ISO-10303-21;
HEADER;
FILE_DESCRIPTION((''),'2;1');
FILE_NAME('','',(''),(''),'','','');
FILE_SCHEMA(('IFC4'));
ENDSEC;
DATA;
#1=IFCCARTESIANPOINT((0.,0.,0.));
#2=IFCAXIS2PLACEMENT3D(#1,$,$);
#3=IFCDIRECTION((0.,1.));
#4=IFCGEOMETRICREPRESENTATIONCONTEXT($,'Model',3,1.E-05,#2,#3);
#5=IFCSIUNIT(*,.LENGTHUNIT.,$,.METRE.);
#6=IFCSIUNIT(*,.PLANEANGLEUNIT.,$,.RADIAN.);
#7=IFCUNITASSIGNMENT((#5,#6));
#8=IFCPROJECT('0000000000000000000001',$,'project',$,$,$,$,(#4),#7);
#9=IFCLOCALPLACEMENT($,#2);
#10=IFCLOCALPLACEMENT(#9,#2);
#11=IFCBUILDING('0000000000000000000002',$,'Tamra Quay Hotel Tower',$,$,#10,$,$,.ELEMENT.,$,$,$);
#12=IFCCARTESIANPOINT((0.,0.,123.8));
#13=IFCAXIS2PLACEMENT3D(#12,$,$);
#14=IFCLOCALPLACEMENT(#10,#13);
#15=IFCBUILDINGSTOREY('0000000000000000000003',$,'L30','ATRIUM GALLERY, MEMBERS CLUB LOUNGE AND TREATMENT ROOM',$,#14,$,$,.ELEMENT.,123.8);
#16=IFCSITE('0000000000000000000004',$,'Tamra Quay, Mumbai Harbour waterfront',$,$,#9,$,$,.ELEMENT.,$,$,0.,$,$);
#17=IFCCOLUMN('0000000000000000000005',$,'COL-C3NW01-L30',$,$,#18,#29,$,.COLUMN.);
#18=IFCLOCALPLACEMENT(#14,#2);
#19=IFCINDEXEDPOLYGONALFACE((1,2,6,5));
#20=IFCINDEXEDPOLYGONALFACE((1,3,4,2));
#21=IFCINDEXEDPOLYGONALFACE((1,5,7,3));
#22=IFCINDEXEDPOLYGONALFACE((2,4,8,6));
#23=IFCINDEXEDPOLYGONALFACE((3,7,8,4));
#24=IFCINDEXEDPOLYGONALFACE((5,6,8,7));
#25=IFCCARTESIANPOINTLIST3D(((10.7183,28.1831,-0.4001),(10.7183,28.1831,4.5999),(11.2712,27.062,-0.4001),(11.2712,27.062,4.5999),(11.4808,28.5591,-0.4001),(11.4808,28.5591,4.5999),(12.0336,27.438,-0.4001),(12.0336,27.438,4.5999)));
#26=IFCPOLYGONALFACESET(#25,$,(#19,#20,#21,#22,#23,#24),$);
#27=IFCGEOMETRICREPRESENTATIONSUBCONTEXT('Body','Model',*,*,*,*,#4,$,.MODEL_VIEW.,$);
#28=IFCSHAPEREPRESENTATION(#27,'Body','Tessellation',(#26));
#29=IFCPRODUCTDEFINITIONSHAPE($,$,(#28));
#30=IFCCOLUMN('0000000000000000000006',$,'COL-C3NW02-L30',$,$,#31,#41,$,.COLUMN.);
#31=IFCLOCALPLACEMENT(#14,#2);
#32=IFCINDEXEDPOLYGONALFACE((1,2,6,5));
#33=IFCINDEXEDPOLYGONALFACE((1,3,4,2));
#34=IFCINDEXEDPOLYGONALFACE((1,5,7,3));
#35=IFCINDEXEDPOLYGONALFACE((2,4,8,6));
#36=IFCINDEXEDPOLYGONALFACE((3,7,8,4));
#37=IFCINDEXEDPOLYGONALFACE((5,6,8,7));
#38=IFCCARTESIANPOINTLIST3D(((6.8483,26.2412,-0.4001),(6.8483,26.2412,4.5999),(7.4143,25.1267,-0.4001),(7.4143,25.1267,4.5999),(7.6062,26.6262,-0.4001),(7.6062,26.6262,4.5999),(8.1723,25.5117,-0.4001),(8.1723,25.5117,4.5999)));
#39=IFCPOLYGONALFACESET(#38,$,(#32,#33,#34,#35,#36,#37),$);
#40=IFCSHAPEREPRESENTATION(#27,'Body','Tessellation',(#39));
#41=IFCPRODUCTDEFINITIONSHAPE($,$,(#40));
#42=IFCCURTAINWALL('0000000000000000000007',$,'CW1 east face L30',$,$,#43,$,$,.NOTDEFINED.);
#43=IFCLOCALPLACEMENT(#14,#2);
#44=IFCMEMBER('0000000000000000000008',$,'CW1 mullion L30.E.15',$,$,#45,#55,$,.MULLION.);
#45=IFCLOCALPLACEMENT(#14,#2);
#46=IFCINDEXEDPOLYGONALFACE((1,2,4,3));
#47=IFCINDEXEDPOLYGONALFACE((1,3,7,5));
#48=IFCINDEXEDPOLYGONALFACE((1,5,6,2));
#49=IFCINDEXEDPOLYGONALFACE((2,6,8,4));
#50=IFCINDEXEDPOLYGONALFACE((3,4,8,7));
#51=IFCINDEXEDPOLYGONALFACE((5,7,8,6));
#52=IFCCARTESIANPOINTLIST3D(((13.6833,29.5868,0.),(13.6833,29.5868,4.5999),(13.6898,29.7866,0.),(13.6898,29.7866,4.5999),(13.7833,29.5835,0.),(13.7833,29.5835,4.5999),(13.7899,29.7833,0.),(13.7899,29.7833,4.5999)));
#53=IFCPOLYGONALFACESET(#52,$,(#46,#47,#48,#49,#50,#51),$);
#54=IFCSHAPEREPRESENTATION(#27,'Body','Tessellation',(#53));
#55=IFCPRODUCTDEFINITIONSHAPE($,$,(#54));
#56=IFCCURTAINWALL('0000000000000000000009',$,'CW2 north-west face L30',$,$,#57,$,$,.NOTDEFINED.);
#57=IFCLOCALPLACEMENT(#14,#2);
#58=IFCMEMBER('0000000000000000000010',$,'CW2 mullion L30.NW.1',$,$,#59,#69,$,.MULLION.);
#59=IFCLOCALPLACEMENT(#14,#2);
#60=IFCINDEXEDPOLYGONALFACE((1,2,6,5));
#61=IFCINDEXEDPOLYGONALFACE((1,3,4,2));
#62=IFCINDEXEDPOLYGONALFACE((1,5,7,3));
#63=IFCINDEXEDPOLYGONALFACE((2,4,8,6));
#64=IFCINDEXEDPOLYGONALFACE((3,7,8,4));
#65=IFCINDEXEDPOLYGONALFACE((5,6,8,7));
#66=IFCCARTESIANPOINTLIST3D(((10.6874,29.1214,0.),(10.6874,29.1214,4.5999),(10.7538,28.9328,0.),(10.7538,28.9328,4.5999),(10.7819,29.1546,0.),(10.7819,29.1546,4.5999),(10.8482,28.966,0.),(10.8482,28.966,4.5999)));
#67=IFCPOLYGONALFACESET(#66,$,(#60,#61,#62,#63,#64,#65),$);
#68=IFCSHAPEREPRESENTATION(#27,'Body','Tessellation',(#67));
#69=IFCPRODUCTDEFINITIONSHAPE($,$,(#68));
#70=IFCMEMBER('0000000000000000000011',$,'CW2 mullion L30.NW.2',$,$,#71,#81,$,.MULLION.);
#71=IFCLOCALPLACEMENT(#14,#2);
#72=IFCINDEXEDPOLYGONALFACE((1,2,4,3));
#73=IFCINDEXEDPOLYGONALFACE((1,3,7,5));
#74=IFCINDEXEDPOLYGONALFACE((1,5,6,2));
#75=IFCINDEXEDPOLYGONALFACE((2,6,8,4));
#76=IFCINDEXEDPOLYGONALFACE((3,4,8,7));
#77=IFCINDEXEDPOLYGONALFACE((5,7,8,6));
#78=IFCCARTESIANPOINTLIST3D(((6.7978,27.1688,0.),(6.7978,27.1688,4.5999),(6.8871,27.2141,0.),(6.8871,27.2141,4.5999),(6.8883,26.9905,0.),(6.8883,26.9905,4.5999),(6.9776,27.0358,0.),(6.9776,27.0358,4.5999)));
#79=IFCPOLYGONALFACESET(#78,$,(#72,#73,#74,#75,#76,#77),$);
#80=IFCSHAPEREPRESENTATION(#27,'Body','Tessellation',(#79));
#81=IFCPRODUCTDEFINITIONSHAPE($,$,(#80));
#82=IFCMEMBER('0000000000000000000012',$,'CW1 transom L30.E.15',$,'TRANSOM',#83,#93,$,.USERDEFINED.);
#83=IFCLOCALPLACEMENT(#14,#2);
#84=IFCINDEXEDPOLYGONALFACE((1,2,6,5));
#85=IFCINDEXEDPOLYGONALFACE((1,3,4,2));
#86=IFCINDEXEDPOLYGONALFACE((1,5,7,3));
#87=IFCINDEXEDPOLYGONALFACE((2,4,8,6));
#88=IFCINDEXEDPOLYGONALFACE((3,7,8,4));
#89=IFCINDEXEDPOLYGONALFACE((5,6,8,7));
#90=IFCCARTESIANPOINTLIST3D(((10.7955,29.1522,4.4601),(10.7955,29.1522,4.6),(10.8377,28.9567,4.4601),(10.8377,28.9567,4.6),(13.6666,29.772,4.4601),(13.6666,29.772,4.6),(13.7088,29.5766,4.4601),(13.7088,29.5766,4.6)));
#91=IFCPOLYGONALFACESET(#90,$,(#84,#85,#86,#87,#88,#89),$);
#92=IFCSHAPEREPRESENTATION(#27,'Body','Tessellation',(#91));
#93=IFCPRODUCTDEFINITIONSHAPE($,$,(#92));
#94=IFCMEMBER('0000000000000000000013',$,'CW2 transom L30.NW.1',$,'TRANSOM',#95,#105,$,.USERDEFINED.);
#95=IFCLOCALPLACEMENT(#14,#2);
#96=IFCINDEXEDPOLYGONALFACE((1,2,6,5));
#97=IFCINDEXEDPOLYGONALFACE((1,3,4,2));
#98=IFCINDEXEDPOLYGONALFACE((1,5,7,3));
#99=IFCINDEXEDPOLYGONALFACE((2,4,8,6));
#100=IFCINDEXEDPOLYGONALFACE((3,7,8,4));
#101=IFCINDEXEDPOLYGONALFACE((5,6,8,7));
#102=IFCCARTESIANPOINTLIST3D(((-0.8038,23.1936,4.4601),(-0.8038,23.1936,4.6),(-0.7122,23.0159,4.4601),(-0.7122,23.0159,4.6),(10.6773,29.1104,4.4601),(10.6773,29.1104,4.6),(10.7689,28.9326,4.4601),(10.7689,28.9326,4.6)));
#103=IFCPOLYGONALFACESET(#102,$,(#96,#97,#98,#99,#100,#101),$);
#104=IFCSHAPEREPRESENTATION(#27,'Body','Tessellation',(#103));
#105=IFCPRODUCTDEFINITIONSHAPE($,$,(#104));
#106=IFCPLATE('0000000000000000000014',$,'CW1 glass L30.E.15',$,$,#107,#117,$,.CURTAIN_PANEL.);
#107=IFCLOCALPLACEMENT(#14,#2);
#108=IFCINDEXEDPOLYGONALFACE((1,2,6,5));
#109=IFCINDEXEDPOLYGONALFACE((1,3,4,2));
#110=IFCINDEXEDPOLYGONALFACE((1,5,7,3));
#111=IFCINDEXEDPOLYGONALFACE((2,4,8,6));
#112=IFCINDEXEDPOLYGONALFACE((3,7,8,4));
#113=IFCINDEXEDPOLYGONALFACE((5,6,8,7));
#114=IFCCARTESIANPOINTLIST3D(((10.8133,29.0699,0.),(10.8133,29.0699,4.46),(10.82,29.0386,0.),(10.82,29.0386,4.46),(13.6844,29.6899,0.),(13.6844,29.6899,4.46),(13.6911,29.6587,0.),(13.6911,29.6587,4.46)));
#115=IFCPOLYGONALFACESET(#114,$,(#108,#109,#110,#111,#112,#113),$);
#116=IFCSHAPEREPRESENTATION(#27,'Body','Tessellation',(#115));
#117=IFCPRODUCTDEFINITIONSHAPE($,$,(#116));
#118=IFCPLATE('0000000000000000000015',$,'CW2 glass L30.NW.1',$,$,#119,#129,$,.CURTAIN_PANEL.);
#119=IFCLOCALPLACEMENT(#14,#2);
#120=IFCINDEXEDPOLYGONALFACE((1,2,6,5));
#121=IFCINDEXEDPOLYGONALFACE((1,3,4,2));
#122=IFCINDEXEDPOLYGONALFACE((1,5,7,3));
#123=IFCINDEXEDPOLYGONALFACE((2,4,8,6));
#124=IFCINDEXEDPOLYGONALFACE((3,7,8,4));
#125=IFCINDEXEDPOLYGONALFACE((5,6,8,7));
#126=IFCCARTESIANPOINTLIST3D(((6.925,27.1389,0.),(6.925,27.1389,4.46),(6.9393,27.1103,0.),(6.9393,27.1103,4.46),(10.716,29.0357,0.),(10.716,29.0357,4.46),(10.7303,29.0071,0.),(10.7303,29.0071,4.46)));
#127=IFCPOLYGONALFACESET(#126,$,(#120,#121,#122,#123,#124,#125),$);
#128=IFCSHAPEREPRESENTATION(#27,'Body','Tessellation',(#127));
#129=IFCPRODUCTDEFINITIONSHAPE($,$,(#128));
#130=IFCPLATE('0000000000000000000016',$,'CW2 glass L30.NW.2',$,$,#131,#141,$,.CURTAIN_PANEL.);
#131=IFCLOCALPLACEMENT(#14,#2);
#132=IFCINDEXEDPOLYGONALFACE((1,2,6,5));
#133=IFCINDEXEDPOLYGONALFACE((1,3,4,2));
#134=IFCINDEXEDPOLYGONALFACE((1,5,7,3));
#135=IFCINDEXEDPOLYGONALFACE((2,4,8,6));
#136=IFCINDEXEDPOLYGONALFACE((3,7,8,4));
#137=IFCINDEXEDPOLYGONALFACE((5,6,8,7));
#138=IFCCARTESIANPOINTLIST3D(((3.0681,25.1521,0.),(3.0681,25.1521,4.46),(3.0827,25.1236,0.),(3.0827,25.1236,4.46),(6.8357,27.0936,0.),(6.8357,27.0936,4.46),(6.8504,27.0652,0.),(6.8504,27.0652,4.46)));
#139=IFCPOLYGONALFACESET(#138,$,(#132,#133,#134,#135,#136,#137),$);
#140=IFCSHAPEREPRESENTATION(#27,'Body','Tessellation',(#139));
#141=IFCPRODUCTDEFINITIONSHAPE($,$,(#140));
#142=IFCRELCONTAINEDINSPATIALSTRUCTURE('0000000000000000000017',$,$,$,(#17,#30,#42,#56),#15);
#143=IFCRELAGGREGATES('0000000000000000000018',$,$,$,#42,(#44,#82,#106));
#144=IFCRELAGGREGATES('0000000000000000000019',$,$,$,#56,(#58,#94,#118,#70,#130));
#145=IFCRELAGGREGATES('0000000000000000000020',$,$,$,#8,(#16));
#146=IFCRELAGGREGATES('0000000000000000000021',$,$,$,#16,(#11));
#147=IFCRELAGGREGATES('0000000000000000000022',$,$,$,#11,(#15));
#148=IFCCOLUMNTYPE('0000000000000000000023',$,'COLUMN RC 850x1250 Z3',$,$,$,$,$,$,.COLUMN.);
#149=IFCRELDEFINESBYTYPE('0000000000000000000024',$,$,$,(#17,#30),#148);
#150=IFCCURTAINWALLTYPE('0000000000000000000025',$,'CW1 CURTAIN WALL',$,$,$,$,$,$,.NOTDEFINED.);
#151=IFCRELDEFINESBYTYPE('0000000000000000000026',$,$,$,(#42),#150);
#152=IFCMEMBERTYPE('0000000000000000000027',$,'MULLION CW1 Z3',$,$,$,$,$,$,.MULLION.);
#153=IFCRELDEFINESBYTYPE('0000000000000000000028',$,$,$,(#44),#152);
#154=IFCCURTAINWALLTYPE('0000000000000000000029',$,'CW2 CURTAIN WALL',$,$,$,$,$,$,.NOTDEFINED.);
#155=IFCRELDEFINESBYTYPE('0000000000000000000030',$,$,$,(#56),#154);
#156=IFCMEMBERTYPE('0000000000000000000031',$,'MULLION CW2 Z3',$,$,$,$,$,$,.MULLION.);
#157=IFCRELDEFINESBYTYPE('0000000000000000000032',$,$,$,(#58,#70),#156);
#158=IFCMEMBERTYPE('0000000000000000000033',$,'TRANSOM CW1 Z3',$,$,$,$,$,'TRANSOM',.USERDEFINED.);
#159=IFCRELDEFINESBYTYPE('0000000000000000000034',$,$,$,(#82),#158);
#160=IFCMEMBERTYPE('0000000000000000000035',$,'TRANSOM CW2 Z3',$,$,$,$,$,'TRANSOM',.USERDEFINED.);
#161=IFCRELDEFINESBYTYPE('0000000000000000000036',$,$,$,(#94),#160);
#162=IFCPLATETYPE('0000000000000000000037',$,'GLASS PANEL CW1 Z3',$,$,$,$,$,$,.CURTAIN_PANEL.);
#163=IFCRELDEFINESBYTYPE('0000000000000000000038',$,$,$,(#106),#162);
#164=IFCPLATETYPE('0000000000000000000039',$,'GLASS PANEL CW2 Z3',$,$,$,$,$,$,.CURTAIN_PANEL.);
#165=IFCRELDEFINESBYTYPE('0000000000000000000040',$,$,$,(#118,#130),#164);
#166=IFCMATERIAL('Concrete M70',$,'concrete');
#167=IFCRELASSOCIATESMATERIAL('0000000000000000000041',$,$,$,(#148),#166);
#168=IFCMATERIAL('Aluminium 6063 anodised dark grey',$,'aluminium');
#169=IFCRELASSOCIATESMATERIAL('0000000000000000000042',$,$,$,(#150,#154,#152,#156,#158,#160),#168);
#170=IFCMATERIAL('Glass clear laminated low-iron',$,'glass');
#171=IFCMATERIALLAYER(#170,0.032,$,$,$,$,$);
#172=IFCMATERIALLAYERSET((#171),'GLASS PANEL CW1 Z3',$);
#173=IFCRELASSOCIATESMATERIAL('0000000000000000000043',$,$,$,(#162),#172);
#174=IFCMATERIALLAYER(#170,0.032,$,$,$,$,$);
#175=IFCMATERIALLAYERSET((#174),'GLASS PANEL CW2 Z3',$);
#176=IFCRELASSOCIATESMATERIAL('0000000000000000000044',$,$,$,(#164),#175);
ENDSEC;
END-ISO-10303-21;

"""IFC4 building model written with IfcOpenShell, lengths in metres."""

from ifc_helpers import new_model, si_unit, direction, frame, origin, origin_2d, place, context, subcontext, project, spatial, rectangle, extrude, material, layer, layer_set, material_profile, profile_set, type_object, element, aggregate, save


model = new_model("IFC4")

# Units and contexts
model_context = context("Model", 3, precision=1e-05, world=origin(), true_north=direction((0.0, 1.0)))
body_context = subcontext(model_context, "Body", "Model", "MODEL_VIEW")
ifc_project = project(units=[si_unit("LENGTHUNIT", "METRE"), si_unit("PLANEANGLEUNIT", "RADIAN")], contexts=[model_context])

# Site, building, storey
site_placement = place(None, origin())
site = spatial("IfcSite", under=ifc_project, at=site_placement, Name="Tamra Quay, Mumbai Harbour waterfront", CompositionType="ELEMENT", RefElevation=0.0)
building_placement = place(site_placement, origin())
building = spatial("IfcBuilding", under=site, at=building_placement, Name="Tamra Quay Hotel Tower", CompositionType="ELEMENT")
storey_placement = place(building_placement, frame((0.0, 0.0, 123.8)))
storey = spatial("IfcBuildingStorey", under=building, at=storey_placement, Name="L30", Description="ATRIUM GALLERY, MEMBERS CLUB LOUNGE AND TREATMENT ROOM", CompositionType="ELEMENT", Elevation=123.8)

# Columns
ifc_material_1 = material(Name="Concrete M70", Category="concrete")
ifc_material_profile_1 = material_profile(ifc_material_1, rectangle(XDim=1.25, YDim=0.8501, at=origin_2d()), Name="COLUMN RC 850x1250 Z3")
ifc_profile_set_1 = profile_set([ifc_material_profile_1], Name="Concrete M70")
column_type = type_object("IfcColumnType", Name="COLUMN RC 850x1250 Z3", PredefinedType="COLUMN", material=ifc_profile_set_1)
for number, where, z_axis, x_axis, name in (
    (1, (11.376, 27.8105, -0.4001), (0.0, 0.0, 1.0), (-0.442275, 0.89688, 0.0), "COL-C3NW01-L30"),
    (2, (7.5103, 25.8765, -0.4001), (0.0, 0.0, 1.0), (-0.45286, 0.891582, 0.0), "COL-C3NW02-L30"),
):
    element("IfcColumn", number, at=place(storey_placement, frame(where, z_axis=z_axis, x_axis=x_axis)), inside=storey, type_object=column_type, Name=name, PredefinedType="COLUMN", context=body_context, shape_type="SweptSolid", body=[
        extrude(rectangle(XDim=1.25, YDim=0.8501, at=origin_2d()), origin(), (0.0, 0.0, 1.0), 5.0),
    ])

# Curtain wall, member
ifc_material_2 = material(Name="Aluminium 6063 anodised dark grey", Category="aluminium")
curtain_wall_type_1 = type_object("IfcCurtainWallType", Name="CW1 CURTAIN WALL", PredefinedType="NOTDEFINED", material=ifc_material_2)
curtain_wall_1_placement = place(storey_placement, origin())
curtain_wall_1 = element("IfcCurtainWall", 3, at=curtain_wall_1_placement, inside=storey, type_object=curtain_wall_type_1, Name="CW1 east face L30", PredefinedType="NOTDEFINED")
ifc_material_profile_2 = material_profile(ifc_material_2, rectangle(XDim=0.2, YDim=0.1001, at=origin_2d()), Name="MULLION 100X200")
ifc_profile_set_2 = profile_set([ifc_material_profile_2], Name="Aluminium 6063 anodised dark grey")
member_type_1 = type_object("IfcMemberType", Name="MULLION CW1 Z3", PredefinedType="MULLION", material=ifc_profile_set_2)
member_1_placement = place(storey_placement, frame((13.7366, 29.6851, 0.0), z_axis=(0.0, 0.0, 1.0), x_axis=(0.032727, 0.999464, 0.0)))
member_1 = element("IfcMember", 4, at=member_1_placement, type_object=member_type_1, Name="CW1 mullion L30.E.15", PredefinedType="MULLION", context=body_context, shape_type="SweptSolid", body=[
    extrude(rectangle(XDim=0.2, YDim=0.1001, at=origin_2d()), origin(), (0.0, 0.0, 1.0), 4.5999),
])

# Curtain wall, members
curtain_wall_type_2 = type_object("IfcCurtainWallType", Name="CW2 CURTAIN WALL", PredefinedType="NOTDEFINED", material=ifc_material_2)
curtain_wall_2_placement = place(storey_placement, origin())
curtain_wall_2 = element("IfcCurtainWall", 5, at=curtain_wall_2_placement, inside=storey, type_object=curtain_wall_type_2, Name="CW2 north-west face L30", PredefinedType="NOTDEFINED")
ifc_material_profile_3 = material_profile(ifc_material_2, rectangle(XDim=0.2, YDim=0.1001, at=origin_2d()), Name="MULLION 100X200")
ifc_profile_set_3 = profile_set([ifc_material_profile_3], Name="Aluminium 6063 anodised dark grey")
member_type_2 = type_object("IfcMemberType", Name="MULLION CW2 Z3", PredefinedType="MULLION", material=ifc_profile_set_3)
member_2_placement = place(storey_placement, frame((10.7678, 29.0437, 0.0), z_axis=(0.0, 0.0, 1.0), x_axis=(-0.331894, 0.943317, 0.0)))
member_2 = element("IfcMember", 6, at=member_2_placement, type_object=member_type_2, Name="CW2 mullion L30.NW.1", PredefinedType="MULLION", context=body_context, shape_type="SweptSolid", body=[
    extrude(rectangle(XDim=0.2, YDim=0.1001, at=origin_2d()), origin(), (0.0, 0.0, 1.0), 4.5999),
])
member_3_placement = place(storey_placement, frame((6.8877, 27.1023, 0.0), z_axis=(0.0, 0.0, 1.0), x_axis=(-0.452777, 0.891624, 0.0)))
member_3 = element("IfcMember", 7, at=member_3_placement, type_object=member_type_2, Name="CW2 mullion L30.NW.2", PredefinedType="MULLION", context=body_context, shape_type="SweptSolid", body=[
    extrude(rectangle(XDim=0.2, YDim=0.1001, at=origin_2d()), origin(), (0.0, 0.0, 1.0), 4.5999),
])

# Members
ifc_material_profile_4 = material_profile(ifc_material_2, rectangle(XDim=0.2, YDim=0.1399, at=origin_2d()), Name="TRANSOM 200X140")
ifc_profile_set_4 = profile_set([ifc_material_profile_4], Name="Aluminium 6063 anodised dark grey")
member_type_3 = type_object("IfcMemberType", Name="TRANSOM CW1 Z3", ElementType="TRANSOM", PredefinedType="USERDEFINED", material=ifc_profile_set_4)
member_4_placement = place(storey_placement, frame((13.6877, 29.6743, 4.53), z_axis=(-0.977478, -0.211039, 0.0), x_axis=(0.211039, -0.977478, 0.0)))
member_4 = element("IfcMember", 8, at=member_4_placement, type_object=member_type_3, Name="CW1 transom L30.E.15", ObjectType="TRANSOM", PredefinedType="USERDEFINED", context=body_context, shape_type="SweptSolid", body=[
    extrude(rectangle(XDim=0.2, YDim=0.1399, at=origin_2d()), origin(), (0.0, 0.0, 1.0), 2.9373),
])
ifc_material_profile_5 = material_profile(ifc_material_2, rectangle(XDim=0.2, YDim=0.1399, at=origin_2d()), Name="TRANSOM 200X140")
ifc_profile_set_5 = profile_set([ifc_material_profile_5], Name="Aluminium 6063 anodised dark grey")
member_type_4 = type_object("IfcMemberType", Name="TRANSOM CW2 Z3", ElementType="TRANSOM", PredefinedType="USERDEFINED", material=ifc_profile_set_5)
member_5_placement = place(storey_placement, frame((10.7231, 29.0215, 4.53), z_axis=(-0.888906, -0.458091, 0.0), x_axis=(0.458091, -0.888906, 0.0)))
member_5 = element("IfcMember", 9, at=member_5_placement, type_object=member_type_4, Name="CW2 transom L30.NW.1", ObjectType="TRANSOM", PredefinedType="USERDEFINED", context=body_context, shape_type="SweptSolid", body=[
    extrude(rectangle(XDim=0.2, YDim=0.1399, at=origin_2d()), origin(), (0.0, 0.0, 1.0), 12.916),
])

# Plates
ifc_material_3 = material(Name="Glass clear laminated low-iron", Category="glass")
ifc_layer_1 = layer(ifc_material_3, 0.032)
ifc_layer_set_1 = layer_set([ifc_layer_1], Name="GLASS PANEL CW1 Z3")
plate_type_1 = type_object("IfcPlateType", Name="GLASS PANEL CW1 Z3", PredefinedType="CURTAIN_PANEL", material=ifc_layer_set_1)
plate_1_placement = place(storey_placement, frame((12.2522, 29.3643, 0.0), z_axis=(0.0, 0.0, 1.0), x_axis=(-0.977465, -0.211099, 0.0)))
plate_1 = element("IfcPlate", 10, at=plate_1_placement, type_object=plate_type_1, Name="CW1 glass L30.E.15", PredefinedType="CURTAIN_PANEL", context=body_context, shape_type="SweptSolid", body=[
    extrude(rectangle(XDim=2.9373, YDim=0.032, at=origin_2d()), origin(), (0.0, 0.0, 1.0), 4.46),
])
aggregate(curtain_wall_1, [member_1, member_4, plate_1])
ifc_layer_2 = layer(ifc_material_3, 0.032)
ifc_layer_set_2 = layer_set([ifc_layer_2], Name="GLASS PANEL CW2 Z3")
plate_type_2 = type_object("IfcPlateType", Name="GLASS PANEL CW2 Z3", PredefinedType="CURTAIN_PANEL", material=ifc_layer_set_2)
plate_2_placement = place(storey_placement, frame((8.8276, 28.073, 0.0), z_axis=(0.0, 0.0, 1.0), x_axis=(-0.894305, -0.447458, 0.0)))
plate_2 = element("IfcPlate", 11, at=plate_2_placement, type_object=plate_type_2, Name="CW2 glass L30.NW.1", PredefinedType="CURTAIN_PANEL", context=body_context, shape_type="SweptSolid", body=[
    extrude(rectangle(XDim=4.239, YDim=0.032, at=origin_2d()), origin(), (0.0, 0.0, 1.0), 4.46),
])
plate_3_placement = place(storey_placement, frame((4.9592, 26.1086, 0.0), z_axis=(0.0, 0.0, 1.0), x_axis=(-0.888911, -0.45808, 0.0)))
plate_3 = element("IfcPlate", 12, at=plate_3_placement, type_object=plate_type_2, Name="CW2 glass L30.NW.2", PredefinedType="CURTAIN_PANEL", context=body_context, shape_type="SweptSolid", body=[
    extrude(rectangle(XDim=4.2385, YDim=0.032, at=origin_2d()), origin(), (0.0, 0.0, 1.0), 4.46),
])
aggregate(curtain_wall_2, [member_2, member_5, plate_2, member_3, plate_3])

save(model, "model.ifc")
